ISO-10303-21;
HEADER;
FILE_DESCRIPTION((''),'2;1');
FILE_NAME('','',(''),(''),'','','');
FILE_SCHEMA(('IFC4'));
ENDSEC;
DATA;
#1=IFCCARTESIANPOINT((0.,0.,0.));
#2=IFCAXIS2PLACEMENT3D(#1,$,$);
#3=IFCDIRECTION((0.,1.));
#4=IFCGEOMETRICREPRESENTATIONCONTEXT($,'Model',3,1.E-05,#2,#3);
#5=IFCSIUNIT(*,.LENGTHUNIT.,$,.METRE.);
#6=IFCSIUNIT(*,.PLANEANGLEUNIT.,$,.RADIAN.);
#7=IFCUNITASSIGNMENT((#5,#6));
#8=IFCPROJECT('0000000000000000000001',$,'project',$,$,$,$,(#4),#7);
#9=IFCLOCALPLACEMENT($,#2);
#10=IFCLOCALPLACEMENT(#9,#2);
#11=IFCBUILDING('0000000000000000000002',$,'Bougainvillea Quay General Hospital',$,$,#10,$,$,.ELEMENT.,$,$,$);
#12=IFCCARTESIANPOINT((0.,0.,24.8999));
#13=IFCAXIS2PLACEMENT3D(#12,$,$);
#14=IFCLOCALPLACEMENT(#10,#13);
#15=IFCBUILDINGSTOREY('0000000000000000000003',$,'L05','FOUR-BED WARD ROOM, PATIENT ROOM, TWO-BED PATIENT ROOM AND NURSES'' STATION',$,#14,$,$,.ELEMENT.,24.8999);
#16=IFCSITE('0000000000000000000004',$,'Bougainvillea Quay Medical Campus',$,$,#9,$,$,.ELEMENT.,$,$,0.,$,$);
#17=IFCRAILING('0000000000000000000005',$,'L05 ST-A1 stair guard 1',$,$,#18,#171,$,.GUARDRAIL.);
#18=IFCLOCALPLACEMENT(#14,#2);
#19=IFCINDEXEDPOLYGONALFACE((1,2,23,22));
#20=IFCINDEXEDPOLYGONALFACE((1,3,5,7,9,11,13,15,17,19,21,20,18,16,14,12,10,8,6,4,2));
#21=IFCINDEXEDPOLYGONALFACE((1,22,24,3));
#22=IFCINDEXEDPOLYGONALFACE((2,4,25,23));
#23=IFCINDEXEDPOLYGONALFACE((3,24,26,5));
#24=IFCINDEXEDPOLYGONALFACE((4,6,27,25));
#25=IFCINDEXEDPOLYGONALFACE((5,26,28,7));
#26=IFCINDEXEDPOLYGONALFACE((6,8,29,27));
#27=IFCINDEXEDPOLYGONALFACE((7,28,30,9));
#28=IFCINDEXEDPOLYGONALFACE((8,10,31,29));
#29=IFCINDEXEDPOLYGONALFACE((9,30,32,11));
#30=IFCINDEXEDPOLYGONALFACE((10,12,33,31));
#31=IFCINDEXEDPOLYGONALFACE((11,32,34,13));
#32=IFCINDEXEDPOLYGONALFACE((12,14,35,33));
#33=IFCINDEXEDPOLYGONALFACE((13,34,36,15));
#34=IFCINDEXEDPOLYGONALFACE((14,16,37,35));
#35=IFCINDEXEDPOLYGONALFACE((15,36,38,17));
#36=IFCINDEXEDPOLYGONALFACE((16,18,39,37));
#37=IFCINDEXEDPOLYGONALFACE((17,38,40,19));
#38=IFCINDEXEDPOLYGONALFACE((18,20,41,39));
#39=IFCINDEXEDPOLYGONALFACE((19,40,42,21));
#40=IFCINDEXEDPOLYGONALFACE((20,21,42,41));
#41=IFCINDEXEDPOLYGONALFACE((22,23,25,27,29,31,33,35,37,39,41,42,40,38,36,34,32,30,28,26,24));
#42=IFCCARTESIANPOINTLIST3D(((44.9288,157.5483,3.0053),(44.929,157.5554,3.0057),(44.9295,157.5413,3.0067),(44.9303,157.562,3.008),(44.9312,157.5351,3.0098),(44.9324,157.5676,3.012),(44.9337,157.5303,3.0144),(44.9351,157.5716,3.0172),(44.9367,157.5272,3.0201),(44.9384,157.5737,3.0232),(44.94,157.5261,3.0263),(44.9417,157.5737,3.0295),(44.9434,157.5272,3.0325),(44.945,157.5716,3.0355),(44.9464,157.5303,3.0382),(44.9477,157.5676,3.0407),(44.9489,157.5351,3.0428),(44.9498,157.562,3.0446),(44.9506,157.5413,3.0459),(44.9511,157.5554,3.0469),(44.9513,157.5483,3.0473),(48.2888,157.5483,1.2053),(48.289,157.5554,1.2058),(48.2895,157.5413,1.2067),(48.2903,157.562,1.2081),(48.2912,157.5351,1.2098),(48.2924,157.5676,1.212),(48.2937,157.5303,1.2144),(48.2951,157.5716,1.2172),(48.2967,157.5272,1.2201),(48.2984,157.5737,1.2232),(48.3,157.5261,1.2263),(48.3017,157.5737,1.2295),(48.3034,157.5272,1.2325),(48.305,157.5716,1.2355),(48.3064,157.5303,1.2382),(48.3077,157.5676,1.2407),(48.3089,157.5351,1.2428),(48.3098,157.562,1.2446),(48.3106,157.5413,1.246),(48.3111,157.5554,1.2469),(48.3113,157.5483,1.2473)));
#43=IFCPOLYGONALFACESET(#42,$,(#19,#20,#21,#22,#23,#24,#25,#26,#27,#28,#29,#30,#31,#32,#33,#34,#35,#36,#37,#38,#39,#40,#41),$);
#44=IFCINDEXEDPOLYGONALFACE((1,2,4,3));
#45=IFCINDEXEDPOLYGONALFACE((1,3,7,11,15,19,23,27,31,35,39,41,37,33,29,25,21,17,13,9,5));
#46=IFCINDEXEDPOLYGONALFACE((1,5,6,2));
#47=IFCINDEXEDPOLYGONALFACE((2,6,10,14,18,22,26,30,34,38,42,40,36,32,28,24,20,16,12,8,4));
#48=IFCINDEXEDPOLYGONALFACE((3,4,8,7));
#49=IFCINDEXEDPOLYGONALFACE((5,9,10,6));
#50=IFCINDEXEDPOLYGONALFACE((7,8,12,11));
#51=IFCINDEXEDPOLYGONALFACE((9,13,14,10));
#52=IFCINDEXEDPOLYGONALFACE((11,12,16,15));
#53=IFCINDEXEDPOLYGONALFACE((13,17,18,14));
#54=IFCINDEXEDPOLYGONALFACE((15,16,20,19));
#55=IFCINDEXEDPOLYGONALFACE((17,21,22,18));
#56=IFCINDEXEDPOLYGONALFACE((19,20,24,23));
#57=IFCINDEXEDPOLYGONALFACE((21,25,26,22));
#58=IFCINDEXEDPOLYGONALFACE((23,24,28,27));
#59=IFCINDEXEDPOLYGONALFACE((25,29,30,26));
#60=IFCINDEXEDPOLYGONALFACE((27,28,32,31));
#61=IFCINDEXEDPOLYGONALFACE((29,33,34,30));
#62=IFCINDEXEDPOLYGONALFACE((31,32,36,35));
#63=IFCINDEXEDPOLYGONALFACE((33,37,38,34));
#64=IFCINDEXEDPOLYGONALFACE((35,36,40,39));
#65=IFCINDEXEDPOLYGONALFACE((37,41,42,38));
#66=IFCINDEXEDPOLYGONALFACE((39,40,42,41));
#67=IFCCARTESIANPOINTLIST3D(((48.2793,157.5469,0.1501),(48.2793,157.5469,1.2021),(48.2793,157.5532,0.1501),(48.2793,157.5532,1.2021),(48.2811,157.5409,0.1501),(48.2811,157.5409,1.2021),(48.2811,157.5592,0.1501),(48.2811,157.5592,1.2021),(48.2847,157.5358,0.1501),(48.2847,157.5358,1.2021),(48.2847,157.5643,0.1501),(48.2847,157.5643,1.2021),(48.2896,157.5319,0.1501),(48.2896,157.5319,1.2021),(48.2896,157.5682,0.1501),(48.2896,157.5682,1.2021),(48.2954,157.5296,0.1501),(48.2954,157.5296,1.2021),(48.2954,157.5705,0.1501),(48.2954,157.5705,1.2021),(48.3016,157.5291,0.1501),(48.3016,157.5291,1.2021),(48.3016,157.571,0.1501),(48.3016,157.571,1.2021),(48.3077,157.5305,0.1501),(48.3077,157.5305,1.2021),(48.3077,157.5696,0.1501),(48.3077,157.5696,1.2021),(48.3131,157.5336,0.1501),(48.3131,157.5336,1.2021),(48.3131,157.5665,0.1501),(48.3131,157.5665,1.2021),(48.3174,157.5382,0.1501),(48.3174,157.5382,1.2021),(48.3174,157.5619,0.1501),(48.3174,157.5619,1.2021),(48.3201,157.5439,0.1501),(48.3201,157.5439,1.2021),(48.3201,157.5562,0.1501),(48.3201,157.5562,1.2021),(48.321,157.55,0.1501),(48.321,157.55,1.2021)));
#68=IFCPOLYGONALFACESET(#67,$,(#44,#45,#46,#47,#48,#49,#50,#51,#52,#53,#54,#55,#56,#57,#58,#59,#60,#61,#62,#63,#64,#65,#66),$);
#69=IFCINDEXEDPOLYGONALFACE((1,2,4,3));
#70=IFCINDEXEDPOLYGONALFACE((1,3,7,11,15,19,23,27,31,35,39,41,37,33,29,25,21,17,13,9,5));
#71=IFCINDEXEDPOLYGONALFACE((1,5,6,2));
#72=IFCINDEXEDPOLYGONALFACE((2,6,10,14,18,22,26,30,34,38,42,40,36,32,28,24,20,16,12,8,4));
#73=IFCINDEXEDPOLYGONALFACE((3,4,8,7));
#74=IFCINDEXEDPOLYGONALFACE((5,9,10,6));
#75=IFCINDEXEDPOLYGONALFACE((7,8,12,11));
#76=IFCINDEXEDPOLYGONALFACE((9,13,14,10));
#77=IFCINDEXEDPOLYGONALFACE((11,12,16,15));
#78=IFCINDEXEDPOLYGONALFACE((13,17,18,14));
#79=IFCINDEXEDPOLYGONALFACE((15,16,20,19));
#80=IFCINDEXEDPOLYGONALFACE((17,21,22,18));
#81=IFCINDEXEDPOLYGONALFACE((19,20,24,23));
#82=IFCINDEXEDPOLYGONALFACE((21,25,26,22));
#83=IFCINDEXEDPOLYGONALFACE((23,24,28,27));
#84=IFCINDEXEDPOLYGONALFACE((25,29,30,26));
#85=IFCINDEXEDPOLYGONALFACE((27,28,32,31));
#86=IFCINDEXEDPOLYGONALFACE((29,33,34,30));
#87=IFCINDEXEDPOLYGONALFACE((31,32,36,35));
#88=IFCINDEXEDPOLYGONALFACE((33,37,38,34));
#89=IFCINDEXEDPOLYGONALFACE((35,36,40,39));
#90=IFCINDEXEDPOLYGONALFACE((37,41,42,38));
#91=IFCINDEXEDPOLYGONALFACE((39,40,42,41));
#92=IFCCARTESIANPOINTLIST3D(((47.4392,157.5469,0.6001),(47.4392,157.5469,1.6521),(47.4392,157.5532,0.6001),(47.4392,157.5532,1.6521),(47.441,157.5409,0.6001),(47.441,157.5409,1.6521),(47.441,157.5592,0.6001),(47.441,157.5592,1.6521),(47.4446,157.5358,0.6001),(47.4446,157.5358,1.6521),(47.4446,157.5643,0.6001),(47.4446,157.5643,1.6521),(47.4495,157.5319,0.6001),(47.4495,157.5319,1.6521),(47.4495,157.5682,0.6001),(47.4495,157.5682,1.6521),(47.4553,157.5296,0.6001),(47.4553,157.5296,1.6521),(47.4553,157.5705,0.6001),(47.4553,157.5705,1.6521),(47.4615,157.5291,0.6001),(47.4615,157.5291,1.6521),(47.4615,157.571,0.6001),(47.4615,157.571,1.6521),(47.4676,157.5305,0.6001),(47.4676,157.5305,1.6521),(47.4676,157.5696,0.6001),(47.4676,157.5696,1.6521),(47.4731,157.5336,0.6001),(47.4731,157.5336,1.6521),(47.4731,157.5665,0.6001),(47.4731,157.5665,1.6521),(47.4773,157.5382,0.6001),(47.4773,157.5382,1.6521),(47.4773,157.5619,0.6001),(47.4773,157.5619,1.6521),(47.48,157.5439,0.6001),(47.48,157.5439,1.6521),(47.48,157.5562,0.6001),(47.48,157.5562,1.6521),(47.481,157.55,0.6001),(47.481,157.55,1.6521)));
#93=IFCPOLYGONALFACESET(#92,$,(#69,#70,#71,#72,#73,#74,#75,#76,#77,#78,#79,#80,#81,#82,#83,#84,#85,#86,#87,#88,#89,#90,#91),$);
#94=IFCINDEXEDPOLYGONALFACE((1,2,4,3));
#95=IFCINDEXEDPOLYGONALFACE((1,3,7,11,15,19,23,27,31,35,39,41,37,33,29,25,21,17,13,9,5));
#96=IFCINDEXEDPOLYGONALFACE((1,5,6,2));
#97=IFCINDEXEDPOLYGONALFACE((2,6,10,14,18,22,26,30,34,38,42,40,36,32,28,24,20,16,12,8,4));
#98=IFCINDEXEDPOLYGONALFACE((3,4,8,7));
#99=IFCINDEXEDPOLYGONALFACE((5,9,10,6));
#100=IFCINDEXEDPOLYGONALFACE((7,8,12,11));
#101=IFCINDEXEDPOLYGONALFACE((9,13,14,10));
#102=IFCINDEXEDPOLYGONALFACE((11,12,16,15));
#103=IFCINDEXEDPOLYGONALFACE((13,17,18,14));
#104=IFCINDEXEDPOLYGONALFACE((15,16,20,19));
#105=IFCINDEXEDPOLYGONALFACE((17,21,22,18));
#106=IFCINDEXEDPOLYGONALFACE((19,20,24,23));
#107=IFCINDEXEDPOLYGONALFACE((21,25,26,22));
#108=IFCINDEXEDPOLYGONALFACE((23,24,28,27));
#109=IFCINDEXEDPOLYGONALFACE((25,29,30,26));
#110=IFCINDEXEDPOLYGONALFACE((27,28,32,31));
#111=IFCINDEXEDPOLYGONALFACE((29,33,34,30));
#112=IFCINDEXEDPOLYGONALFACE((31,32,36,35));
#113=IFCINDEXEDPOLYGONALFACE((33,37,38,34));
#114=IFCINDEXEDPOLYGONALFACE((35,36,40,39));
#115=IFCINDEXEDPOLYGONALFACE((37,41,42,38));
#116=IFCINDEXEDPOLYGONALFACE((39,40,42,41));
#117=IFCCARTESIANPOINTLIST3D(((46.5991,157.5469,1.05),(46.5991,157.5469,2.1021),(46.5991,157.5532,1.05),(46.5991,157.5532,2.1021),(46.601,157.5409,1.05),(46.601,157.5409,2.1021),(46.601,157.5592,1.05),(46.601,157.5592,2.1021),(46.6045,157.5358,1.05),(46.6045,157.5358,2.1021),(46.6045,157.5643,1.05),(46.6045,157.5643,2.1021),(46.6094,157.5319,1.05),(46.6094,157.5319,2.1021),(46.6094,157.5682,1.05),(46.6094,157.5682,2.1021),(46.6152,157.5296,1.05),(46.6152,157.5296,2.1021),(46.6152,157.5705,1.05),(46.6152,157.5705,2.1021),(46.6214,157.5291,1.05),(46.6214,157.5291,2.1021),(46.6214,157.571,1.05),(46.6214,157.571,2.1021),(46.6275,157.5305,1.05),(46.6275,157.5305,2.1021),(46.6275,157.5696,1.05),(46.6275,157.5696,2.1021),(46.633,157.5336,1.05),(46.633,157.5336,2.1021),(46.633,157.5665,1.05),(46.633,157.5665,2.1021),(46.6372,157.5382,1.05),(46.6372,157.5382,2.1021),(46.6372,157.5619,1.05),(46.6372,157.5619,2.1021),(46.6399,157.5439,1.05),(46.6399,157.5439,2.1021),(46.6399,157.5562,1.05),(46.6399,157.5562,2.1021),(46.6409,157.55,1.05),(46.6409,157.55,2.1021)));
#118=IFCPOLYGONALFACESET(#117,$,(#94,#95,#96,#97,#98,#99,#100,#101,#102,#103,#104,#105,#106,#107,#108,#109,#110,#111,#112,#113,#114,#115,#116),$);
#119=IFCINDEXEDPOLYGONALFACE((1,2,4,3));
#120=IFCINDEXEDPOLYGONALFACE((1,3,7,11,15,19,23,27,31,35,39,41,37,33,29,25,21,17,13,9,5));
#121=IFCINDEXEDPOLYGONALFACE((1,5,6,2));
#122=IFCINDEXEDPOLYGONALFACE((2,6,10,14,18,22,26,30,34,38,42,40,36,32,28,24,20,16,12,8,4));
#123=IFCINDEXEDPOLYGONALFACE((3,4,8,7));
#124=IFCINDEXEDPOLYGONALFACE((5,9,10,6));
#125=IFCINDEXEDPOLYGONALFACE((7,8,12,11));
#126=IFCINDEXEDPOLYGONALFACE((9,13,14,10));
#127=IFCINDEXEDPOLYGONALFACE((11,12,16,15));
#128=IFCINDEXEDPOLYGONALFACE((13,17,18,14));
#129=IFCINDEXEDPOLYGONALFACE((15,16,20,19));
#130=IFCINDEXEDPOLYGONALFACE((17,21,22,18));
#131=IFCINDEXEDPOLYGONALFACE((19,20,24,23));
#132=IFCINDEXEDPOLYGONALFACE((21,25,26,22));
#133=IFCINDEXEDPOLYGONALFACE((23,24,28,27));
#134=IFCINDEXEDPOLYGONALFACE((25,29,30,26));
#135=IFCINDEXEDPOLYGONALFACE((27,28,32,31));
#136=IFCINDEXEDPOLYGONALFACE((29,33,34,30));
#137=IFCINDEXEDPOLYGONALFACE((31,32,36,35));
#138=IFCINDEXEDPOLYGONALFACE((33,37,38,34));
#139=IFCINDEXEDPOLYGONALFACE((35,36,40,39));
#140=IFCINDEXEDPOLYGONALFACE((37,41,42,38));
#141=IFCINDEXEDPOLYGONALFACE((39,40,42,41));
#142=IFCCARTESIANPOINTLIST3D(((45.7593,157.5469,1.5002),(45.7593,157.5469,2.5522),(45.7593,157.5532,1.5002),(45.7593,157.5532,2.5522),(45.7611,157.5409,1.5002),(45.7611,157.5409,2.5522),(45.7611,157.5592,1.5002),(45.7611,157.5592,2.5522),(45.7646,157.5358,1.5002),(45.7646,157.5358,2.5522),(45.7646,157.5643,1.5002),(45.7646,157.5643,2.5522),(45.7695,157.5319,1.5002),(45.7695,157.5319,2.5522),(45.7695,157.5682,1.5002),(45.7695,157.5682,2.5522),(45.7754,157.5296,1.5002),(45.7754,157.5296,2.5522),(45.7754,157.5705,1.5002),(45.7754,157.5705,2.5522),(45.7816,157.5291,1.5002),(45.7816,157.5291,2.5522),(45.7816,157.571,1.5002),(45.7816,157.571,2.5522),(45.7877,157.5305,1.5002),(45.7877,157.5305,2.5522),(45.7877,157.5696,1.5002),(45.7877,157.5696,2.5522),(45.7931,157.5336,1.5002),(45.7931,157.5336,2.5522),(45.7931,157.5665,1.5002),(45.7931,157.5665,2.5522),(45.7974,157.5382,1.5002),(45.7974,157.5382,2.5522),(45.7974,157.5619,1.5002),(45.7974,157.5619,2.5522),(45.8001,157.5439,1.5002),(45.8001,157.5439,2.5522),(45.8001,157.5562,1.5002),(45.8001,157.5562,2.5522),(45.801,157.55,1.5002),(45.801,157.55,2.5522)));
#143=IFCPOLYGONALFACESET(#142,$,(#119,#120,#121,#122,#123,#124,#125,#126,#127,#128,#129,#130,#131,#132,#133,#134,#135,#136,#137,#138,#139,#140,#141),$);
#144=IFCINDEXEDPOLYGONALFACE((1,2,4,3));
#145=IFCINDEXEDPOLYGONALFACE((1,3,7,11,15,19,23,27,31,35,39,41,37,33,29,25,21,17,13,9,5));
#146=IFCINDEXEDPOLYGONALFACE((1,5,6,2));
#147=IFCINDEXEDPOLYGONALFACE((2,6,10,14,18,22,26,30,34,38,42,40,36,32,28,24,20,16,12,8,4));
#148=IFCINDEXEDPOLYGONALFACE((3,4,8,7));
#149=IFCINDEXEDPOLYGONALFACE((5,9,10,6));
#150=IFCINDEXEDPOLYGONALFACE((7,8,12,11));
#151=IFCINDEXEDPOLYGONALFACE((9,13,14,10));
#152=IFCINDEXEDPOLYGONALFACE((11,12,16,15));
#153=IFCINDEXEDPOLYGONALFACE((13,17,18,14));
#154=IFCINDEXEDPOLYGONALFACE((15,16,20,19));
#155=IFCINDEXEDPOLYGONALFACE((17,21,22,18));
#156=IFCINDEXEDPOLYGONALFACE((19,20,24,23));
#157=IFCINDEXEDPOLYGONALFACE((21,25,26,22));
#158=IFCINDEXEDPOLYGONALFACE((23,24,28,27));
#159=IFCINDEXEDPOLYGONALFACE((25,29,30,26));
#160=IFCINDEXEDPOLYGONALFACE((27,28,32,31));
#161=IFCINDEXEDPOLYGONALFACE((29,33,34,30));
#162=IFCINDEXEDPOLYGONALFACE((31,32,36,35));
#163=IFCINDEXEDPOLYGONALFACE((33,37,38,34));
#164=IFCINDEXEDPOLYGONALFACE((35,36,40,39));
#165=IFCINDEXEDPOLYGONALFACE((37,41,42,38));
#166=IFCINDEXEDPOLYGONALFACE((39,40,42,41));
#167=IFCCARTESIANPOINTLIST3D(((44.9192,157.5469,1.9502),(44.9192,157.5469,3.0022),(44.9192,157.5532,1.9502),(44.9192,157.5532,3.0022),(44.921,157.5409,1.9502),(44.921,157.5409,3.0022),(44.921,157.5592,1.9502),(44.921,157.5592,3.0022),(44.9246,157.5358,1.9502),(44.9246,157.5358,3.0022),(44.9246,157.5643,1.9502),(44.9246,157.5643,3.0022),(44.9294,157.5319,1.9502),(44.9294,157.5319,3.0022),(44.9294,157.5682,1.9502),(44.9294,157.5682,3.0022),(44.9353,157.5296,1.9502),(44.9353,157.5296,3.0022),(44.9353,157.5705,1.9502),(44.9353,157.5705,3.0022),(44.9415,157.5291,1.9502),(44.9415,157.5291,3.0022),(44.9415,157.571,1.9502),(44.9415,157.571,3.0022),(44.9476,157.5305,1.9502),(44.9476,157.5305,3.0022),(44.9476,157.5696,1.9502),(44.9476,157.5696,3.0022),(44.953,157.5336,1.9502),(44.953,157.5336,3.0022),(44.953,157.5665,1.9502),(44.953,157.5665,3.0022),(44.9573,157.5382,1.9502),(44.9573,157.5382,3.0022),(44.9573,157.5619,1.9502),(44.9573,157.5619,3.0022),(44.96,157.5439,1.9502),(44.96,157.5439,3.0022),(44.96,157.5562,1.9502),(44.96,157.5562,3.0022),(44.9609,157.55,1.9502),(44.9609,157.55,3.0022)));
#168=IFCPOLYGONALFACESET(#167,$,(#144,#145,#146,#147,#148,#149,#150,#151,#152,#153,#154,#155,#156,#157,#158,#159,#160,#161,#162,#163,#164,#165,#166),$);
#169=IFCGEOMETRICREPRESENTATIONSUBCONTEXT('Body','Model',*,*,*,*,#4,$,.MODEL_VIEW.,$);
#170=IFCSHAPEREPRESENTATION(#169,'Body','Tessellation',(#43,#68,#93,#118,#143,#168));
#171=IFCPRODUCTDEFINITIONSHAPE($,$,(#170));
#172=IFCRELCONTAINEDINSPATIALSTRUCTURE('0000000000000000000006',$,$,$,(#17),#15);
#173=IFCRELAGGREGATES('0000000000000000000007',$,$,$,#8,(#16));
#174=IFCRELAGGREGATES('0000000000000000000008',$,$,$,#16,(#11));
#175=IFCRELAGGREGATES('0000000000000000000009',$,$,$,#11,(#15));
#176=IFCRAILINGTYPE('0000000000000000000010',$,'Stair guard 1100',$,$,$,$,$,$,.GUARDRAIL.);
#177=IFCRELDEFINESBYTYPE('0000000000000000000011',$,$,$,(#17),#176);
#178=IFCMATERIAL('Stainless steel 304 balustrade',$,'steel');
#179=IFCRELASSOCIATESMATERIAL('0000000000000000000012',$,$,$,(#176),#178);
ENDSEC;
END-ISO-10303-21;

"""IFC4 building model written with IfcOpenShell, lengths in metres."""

from ifc_helpers import new_model, si_unit, direction, frame, origin, origin_2d, place, context, subcontext, project, spatial, circle, extrude, material, type_object, element, save


model = new_model("IFC4")

# Units and contexts
model_context = context("Model", 3, precision=1e-05, world=origin(), true_north=direction((0.0, 1.0)))
body_context = subcontext(model_context, "Body", "Model", "MODEL_VIEW")
ifc_project = project(units=[si_unit("LENGTHUNIT", "METRE"), si_unit("PLANEANGLEUNIT", "RADIAN")], contexts=[model_context])

# Site, building, storey
site_placement = place(None, origin())
site = spatial("IfcSite", under=ifc_project, at=site_placement, Name="Bougainvillea Quay Medical Campus", CompositionType="ELEMENT", RefElevation=0.0)
building_placement = place(site_placement, origin())
building = spatial("IfcBuilding", under=site, at=building_placement, Name="Bougainvillea Quay General Hospital", CompositionType="ELEMENT")
storey_placement = place(building_placement, frame((0.0, 0.0, 24.8999)))
storey = spatial("IfcBuildingStorey", under=building, at=storey_placement, Name="L05", Description="FOUR-BED WARD ROOM, PATIENT ROOM, TWO-BED PATIENT ROOM AND NURSES' STATION", CompositionType="ELEMENT", Elevation=24.8999)

# Railing
ifc_material_1 = material(Name="Stainless steel 304 balustrade", Category="steel")
railing_type_1 = type_object("IfcRailingType", Name="Stair guard 1100", PredefinedType="GUARDRAIL", material=ifc_material_1)
railing_1_placement = place(storey_placement, frame((48.3, 157.55, 0.1501)))
element("IfcRailing", 1, at=railing_1_placement, inside=storey, type_object=railing_type_1, Name="L05 ST-A1 stair guard 1", PredefinedType="GUARDRAIL", context=body_context, shape_type="SweptSolid", body=[
    extrude(circle(Radius=0.0239, at=origin_2d()), frame((0.0, 0.0, 1.0762), z_axis=(-0.881481, 0.0, 0.47222), x_axis=(0.0, -1.0, 0.0)), (0.0, 0.0, 1.0), 3.8118),
    extrude(circle(Radius=0.021, at=origin_2d()), origin(), (0.0, 0.0, 1.0), 1.052),
    extrude(circle(Radius=0.021, at=origin_2d()), frame((-0.8401, 0.0, 0.45)), (0.0, 0.0, 1.0), 1.052),
    extrude(circle(Radius=0.021, at=origin_2d()), frame((-1.6802, 0.0, 0.8999)), (0.0, 0.0, 1.0), 1.052),
    extrude(circle(Radius=0.021, at=origin_2d()), frame((-2.52, 0.0, 1.3501)), (0.0, 0.0, 1.0), 1.052),
    extrude(circle(Radius=0.021, at=origin_2d()), frame((-3.3601, 0.0, 1.8)), (0.0, 0.0, 1.0), 1.052),
])

save(model, "model.ifc")
